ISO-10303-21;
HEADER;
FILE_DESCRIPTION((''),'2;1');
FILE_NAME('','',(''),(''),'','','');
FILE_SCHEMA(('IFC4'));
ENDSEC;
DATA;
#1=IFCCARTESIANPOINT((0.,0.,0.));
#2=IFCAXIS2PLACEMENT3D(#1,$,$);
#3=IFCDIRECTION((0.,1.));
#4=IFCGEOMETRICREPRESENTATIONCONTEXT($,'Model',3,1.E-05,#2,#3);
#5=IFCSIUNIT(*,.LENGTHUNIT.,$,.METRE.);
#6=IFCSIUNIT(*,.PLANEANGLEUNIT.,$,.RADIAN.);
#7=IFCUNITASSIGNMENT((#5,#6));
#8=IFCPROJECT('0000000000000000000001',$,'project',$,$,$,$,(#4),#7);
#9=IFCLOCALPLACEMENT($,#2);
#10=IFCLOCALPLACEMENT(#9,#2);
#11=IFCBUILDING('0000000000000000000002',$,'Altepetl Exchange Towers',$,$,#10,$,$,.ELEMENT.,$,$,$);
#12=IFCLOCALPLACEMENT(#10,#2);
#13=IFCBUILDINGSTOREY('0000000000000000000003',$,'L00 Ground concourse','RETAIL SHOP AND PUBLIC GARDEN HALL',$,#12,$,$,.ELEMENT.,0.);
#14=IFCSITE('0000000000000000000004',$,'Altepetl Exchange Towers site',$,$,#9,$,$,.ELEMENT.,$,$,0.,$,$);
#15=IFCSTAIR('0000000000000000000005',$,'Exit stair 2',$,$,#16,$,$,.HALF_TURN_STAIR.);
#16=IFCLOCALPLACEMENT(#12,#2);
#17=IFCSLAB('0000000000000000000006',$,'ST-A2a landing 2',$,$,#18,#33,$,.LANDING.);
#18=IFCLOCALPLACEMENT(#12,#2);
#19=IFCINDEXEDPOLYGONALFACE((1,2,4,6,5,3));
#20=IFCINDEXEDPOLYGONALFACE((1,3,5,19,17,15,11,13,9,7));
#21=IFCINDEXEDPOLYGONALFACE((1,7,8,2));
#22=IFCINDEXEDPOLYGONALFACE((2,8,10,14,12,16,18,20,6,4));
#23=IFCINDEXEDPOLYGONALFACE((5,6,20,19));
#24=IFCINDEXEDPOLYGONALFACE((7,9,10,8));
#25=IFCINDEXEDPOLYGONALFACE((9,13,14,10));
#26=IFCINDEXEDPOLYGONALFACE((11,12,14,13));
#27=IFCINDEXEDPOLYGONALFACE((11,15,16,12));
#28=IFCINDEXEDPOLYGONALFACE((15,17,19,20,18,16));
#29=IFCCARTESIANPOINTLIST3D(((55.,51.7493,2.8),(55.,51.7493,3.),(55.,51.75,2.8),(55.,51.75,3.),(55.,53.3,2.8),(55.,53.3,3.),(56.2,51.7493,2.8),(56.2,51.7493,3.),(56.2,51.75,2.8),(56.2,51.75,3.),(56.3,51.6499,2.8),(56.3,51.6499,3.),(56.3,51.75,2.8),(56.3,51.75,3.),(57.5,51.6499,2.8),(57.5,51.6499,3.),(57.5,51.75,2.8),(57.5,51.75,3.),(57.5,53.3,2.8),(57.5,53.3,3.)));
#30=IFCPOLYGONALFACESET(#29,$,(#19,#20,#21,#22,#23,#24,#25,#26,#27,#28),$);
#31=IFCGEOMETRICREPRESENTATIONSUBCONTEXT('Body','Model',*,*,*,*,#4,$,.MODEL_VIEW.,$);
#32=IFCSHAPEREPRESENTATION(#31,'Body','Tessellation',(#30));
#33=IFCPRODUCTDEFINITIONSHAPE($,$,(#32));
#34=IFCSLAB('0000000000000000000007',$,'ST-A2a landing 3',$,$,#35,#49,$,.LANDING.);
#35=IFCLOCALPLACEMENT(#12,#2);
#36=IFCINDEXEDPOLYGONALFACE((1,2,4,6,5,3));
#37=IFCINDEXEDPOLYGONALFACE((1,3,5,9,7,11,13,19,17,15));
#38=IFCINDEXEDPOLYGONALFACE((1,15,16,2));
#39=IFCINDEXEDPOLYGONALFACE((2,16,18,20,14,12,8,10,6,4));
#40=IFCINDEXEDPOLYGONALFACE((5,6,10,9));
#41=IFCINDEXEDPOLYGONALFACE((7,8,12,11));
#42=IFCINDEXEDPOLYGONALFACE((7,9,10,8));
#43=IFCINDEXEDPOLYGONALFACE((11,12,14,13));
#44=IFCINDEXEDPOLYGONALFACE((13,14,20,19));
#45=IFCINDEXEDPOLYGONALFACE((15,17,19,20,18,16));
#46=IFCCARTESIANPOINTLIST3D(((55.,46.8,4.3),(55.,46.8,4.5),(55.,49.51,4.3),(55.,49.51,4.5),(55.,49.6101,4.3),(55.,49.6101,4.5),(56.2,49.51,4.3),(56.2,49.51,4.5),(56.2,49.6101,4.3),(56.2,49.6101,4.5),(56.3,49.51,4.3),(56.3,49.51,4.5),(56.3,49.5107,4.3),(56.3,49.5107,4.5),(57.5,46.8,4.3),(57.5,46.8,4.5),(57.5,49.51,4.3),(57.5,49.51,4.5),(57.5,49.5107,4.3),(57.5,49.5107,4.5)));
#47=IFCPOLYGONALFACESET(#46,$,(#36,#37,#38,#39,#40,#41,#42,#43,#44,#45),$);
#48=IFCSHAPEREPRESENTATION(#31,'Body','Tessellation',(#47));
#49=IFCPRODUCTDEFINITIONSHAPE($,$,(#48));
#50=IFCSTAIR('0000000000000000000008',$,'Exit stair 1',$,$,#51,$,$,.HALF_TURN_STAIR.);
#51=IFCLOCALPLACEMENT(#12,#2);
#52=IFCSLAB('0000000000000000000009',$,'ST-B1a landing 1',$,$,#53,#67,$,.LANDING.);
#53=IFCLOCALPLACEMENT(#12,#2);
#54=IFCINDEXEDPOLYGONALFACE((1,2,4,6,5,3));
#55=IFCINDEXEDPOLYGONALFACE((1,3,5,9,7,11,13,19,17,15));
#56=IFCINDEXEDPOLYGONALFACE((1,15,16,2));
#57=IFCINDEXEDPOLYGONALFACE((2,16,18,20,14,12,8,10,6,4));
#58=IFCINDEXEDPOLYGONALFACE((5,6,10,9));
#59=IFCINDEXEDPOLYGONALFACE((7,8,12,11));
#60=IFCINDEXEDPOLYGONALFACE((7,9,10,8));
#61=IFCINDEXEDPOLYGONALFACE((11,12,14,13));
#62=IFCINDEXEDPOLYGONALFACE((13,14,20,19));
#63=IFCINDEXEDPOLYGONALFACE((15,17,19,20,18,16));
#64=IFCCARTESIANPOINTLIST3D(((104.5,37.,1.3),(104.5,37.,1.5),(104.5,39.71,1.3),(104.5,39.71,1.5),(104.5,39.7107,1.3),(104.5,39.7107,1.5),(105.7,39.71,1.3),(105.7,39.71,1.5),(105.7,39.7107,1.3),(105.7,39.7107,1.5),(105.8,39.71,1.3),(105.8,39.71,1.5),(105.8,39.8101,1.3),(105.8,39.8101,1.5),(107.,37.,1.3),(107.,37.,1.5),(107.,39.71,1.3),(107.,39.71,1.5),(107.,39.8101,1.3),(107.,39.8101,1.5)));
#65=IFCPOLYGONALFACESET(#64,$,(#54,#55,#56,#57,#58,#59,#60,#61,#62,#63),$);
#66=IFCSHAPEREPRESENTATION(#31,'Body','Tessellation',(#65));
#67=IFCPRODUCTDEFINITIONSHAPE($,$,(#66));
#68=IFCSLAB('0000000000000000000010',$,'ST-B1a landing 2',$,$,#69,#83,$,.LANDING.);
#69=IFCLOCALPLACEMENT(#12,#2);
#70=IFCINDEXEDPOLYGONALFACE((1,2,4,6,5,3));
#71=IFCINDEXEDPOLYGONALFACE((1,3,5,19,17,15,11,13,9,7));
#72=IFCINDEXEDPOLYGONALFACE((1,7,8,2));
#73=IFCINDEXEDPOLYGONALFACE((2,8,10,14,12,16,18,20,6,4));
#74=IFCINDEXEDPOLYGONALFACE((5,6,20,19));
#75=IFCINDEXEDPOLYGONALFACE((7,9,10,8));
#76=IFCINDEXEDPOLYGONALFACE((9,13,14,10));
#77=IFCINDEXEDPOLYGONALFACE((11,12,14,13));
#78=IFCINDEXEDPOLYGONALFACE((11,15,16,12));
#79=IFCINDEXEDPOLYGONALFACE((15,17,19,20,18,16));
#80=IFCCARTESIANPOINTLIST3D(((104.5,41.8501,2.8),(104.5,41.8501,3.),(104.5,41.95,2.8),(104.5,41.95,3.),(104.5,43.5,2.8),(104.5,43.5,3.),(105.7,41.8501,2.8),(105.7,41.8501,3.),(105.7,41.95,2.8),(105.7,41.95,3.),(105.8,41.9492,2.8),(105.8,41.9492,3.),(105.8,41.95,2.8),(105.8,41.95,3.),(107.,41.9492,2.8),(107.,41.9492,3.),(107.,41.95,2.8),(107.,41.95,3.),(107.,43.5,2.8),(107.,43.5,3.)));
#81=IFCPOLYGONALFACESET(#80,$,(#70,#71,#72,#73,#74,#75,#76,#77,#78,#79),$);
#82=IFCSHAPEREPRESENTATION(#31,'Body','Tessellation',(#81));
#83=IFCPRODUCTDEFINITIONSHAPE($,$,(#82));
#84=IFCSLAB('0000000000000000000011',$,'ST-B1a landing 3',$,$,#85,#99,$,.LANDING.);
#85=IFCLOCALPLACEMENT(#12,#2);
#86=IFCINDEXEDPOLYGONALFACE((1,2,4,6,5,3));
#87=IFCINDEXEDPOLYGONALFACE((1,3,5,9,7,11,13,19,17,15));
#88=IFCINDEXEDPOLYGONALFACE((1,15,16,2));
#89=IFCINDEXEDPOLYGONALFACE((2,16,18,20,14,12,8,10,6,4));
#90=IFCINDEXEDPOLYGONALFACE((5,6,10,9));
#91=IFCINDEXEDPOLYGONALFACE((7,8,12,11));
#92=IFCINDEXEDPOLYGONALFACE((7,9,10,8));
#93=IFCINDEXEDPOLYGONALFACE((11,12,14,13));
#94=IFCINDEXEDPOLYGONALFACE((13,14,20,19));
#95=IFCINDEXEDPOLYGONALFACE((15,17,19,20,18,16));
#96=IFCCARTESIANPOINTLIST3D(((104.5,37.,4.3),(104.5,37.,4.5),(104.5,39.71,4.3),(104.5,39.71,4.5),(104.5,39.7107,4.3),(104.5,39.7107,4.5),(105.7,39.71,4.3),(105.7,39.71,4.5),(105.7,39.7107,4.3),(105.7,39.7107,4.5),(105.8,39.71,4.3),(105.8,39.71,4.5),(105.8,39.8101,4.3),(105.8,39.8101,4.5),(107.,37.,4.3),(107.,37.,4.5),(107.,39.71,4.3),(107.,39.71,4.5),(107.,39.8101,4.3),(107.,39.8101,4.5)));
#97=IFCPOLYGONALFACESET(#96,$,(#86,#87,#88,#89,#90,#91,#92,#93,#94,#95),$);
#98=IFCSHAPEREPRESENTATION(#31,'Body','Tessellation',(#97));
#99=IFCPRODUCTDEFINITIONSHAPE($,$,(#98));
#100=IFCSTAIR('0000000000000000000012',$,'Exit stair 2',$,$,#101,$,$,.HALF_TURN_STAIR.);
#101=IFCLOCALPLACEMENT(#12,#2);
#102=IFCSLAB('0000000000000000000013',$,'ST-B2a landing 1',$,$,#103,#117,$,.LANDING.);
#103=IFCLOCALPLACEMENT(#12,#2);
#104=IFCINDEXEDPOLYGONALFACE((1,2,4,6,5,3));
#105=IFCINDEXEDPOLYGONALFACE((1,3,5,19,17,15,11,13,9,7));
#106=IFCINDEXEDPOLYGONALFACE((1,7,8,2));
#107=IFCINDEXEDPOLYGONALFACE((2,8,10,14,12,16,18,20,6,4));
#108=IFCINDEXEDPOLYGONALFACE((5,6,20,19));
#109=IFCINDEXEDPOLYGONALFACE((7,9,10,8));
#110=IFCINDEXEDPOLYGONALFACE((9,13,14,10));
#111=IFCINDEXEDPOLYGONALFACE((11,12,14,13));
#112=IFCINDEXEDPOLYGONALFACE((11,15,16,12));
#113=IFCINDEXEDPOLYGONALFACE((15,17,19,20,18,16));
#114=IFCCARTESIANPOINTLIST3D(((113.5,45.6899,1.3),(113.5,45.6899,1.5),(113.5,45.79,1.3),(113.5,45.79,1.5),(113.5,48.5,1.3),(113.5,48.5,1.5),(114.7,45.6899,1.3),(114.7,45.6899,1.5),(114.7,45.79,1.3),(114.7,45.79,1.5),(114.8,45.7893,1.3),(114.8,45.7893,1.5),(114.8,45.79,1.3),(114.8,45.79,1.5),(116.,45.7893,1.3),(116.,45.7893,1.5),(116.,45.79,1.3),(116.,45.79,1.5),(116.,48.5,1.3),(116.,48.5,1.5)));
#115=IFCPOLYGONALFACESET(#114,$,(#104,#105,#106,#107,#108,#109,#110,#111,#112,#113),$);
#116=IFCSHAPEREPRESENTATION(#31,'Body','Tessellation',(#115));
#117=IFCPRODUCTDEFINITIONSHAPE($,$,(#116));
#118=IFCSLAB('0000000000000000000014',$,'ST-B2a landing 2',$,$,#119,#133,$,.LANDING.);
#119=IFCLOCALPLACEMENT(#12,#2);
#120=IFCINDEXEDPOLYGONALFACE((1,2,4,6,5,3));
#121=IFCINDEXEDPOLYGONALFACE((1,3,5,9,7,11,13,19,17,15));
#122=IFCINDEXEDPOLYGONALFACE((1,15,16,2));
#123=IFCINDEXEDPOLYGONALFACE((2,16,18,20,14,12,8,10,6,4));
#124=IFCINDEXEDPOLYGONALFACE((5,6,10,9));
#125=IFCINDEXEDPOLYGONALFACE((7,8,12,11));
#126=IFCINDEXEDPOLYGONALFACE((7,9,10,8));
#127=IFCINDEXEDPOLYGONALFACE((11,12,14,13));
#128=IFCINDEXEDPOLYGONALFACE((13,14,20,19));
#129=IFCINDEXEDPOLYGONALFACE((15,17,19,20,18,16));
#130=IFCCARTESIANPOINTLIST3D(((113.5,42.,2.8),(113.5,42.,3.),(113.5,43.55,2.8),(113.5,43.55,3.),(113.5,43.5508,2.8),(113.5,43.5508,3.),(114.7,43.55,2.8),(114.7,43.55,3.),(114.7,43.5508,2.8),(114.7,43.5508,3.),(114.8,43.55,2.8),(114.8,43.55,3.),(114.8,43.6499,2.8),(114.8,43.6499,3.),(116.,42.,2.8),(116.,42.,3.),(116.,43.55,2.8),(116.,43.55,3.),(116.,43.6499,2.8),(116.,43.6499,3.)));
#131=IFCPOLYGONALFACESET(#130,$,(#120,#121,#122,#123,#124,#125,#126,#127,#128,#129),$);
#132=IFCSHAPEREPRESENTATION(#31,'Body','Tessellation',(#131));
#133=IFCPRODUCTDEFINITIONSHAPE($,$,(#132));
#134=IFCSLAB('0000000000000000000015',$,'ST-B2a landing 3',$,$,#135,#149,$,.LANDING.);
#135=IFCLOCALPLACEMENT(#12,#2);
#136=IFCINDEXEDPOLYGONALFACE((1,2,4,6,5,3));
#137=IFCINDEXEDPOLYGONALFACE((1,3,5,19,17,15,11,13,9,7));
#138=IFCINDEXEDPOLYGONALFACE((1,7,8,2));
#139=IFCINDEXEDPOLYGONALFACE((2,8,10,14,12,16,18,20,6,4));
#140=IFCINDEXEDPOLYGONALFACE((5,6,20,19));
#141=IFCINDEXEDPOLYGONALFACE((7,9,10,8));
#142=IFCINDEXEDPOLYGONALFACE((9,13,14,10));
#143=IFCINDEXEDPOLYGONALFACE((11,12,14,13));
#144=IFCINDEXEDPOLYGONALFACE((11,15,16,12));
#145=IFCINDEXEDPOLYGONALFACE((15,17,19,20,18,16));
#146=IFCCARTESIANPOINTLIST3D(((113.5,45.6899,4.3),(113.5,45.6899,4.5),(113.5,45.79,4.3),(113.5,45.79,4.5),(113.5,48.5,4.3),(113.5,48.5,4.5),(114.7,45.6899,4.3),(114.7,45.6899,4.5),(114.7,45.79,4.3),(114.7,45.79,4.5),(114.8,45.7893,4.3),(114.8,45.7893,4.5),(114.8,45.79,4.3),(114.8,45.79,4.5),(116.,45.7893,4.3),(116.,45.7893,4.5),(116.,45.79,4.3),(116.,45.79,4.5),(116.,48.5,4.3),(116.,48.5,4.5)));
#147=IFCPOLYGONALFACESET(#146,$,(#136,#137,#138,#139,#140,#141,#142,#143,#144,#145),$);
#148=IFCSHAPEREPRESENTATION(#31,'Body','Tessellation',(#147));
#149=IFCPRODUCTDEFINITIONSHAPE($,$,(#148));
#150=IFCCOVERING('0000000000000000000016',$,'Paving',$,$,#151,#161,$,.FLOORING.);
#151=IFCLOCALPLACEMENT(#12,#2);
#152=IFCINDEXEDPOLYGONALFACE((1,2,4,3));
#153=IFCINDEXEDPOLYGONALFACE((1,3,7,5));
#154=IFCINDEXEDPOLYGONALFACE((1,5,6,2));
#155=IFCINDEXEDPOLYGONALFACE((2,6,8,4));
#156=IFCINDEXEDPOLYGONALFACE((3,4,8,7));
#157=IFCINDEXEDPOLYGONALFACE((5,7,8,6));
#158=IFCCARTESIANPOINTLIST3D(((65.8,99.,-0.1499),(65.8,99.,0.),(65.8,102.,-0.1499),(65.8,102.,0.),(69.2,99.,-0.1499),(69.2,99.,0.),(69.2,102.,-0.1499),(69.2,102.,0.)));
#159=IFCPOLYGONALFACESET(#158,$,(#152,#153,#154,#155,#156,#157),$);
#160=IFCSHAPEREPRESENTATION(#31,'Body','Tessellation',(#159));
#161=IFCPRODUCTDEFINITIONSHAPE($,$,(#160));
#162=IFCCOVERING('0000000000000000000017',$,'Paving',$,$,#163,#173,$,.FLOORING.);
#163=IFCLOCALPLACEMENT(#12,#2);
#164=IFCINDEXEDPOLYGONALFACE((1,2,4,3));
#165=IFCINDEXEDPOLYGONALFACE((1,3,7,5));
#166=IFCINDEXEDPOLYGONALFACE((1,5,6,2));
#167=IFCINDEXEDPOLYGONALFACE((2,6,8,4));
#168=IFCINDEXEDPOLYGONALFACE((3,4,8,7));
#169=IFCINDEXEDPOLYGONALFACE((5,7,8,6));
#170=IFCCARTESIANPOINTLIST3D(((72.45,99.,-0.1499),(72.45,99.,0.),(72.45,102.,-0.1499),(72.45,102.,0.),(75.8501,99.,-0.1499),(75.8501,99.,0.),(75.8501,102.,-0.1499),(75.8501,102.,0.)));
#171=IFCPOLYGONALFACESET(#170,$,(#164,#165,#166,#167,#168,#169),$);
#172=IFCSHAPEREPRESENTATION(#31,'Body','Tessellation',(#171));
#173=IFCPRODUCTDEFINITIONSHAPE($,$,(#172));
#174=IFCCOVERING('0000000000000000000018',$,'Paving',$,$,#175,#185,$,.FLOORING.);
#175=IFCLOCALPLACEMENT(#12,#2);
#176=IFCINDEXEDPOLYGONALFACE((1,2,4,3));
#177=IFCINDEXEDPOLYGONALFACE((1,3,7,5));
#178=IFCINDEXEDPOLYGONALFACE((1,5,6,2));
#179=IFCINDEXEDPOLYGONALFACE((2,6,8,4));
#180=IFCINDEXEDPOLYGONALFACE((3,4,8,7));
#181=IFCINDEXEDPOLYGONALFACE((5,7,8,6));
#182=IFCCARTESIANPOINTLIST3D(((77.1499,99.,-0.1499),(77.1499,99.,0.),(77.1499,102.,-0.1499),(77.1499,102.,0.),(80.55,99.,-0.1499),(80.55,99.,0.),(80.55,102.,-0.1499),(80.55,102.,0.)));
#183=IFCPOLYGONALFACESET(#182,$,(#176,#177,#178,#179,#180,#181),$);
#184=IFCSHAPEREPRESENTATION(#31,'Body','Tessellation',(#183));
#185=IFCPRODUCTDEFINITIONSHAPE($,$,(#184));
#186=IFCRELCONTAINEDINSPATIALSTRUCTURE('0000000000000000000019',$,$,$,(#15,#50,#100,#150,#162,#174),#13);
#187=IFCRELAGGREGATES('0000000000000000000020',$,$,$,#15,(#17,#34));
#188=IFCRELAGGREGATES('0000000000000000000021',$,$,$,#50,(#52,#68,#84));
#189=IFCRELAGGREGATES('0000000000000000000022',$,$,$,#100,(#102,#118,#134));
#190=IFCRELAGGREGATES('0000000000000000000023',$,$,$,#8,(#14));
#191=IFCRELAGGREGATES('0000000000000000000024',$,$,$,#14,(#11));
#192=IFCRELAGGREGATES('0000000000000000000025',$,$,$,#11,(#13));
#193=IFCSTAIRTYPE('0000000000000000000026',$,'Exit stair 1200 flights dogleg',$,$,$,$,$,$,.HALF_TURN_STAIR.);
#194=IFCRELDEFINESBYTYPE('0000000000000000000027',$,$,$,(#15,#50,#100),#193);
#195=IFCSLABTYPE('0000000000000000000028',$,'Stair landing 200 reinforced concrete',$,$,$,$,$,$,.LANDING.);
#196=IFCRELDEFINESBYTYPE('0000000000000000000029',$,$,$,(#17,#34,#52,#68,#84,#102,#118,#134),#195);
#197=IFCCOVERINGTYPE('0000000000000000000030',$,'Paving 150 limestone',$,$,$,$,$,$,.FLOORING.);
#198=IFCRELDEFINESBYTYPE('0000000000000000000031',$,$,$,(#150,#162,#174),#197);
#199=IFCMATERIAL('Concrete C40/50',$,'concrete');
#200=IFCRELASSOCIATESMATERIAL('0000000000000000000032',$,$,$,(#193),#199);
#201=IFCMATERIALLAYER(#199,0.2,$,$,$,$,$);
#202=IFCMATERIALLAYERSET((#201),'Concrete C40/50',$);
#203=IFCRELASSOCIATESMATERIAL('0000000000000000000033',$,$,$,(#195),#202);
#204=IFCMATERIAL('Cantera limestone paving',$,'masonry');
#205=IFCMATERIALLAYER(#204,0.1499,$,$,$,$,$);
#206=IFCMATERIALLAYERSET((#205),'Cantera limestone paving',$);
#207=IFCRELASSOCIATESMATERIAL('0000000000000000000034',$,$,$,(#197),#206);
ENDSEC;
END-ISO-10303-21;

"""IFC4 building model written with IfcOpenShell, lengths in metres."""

from ifc_helpers import new_model, si_unit, direction, frame, origin, place, context, subcontext, project, spatial, polyline, outline, extrude, material, layer, layer_set, type_object, element, aggregate, save


model = new_model("IFC4")

# Units and contexts
model_context = context("Model", 3, precision=1e-05, world=origin(), true_north=direction((0.0, 1.0)))
body_context = subcontext(model_context, "Body", "Model", "MODEL_VIEW")
ifc_project = project(units=[si_unit("LENGTHUNIT", "METRE"), si_unit("PLANEANGLEUNIT", "RADIAN")], contexts=[model_context])

# Site, building, storey
site_placement = place(None, origin())
site = spatial("IfcSite", under=ifc_project, at=site_placement, Name="Altepetl Exchange Towers site", CompositionType="ELEMENT", RefElevation=0.0)
building_placement = place(site_placement, origin())
building = spatial("IfcBuilding", under=site, at=building_placement, Name="Altepetl Exchange Towers", CompositionType="ELEMENT")
storey_placement = place(building_placement, origin())
storey = spatial("IfcBuildingStorey", under=building, at=storey_placement, Name="L00 Ground concourse", Description="RETAIL SHOP AND PUBLIC GARDEN HALL", CompositionType="ELEMENT", Elevation=0.0)

# Stairs, slabs
ifc_material_1 = material(Name="Concrete C40/50", Category="concrete")
stair_type_1 = type_object("IfcStairType", Name="Exit stair 1200 flights dogleg", PredefinedType="HALF_TURN_STAIR", material=ifc_material_1)
ifc_layer_1 = layer(ifc_material_1, 0.2)
ifc_layer_set_1 = layer_set([ifc_layer_1], Name="Concrete C40/50")
slab_type_1 = type_object("IfcSlabType", Name="Stair landing 200 reinforced concrete", PredefinedType="LANDING", material=ifc_layer_set_1)
stair_1_placement = place(storey_placement, origin())
stair_1 = element("IfcStair", 1, at=stair_1_placement, inside=storey, type_object=stair_type_1, Name="Exit stair 2", PredefinedType="HALF_TURN_STAIR")
slab_1_placement = place(storey_placement, frame((0.0, 0.0, 2.8)))
slab_1 = element("IfcSlab", 2, at=slab_1_placement, type_object=slab_type_1, Name="ST-A2a landing 2", PredefinedType="LANDING", context=body_context, shape_type="SweptSolid", body=[
    extrude(outline(polyline([(57.5, 51.6499), (56.3, 51.6499), (56.3, 51.75), (56.2, 51.75), (56.2, 51.7493), (55.0, 51.7493), (55.0, 51.75), (55.0, 53.3), (57.5, 53.3), (57.5, 51.75), (57.5, 51.6499)])), origin(), (0.0, 0.0, 1.0), 0.2),
])
slab_2_placement = place(storey_placement, frame((0.0, 0.0, 4.3)))
slab_2 = element("IfcSlab", 3, at=slab_2_placement, type_object=slab_type_1, Name="ST-A2a landing 3", PredefinedType="LANDING", context=body_context, shape_type="SweptSolid", body=[
    extrude(outline(polyline([(57.5, 46.8), (55.0, 46.8), (55.0, 49.51), (55.0, 49.6101), (56.2, 49.6101), (56.2, 49.51), (56.3, 49.51), (56.3, 49.5107), (57.5, 49.5107), (57.5, 49.51), (57.5, 46.8)])), origin(), (0.0, 0.0, 1.0), 0.2),
])
aggregate(stair_1, [slab_1, slab_2])
stair_2_placement = place(storey_placement, origin())
stair_2 = element("IfcStair", 4, at=stair_2_placement, inside=storey, type_object=stair_type_1, Name="Exit stair 1", PredefinedType="HALF_TURN_STAIR")
slab_3_placement = place(storey_placement, frame((0.0, 0.0, 1.3)))
slab_3 = element("IfcSlab", 5, at=slab_3_placement, type_object=slab_type_1, Name="ST-B1a landing 1", PredefinedType="LANDING", context=body_context, shape_type="SweptSolid", body=[
    extrude(outline(polyline([(107.0, 37.0), (104.5, 37.0), (104.5, 39.71), (104.5, 39.7107), (105.7, 39.7107), (105.7, 39.71), (105.8, 39.71), (105.8, 39.8101), (107.0, 39.8101), (107.0, 39.71), (107.0, 37.0)])), origin(), (0.0, 0.0, 1.0), 0.2),
])
slab_4_placement = place(storey_placement, frame((0.0, 0.0, 2.8)))
slab_4 = element("IfcSlab", 6, at=slab_4_placement, type_object=slab_type_1, Name="ST-B1a landing 2", PredefinedType="LANDING", context=body_context, shape_type="SweptSolid", body=[
    extrude(outline(polyline([(105.7, 41.8501), (104.5, 41.8501), (104.5, 41.95), (104.5, 43.5), (107.0, 43.5), (107.0, 41.95), (107.0, 41.9492), (105.8, 41.9492), (105.8, 41.95), (105.7, 41.95), (105.7, 41.8501)])), origin(), (0.0, 0.0, 1.0), 0.2),
])
slab_5_placement = place(storey_placement, frame((0.0, 0.0, 4.3)))
slab_5 = element("IfcSlab", 7, at=slab_5_placement, type_object=slab_type_1, Name="ST-B1a landing 3", PredefinedType="LANDING", context=body_context, shape_type="SweptSolid", body=[
    extrude(outline(polyline([(107.0, 37.0), (104.5, 37.0), (104.5, 39.71), (104.5, 39.7107), (105.7, 39.7107), (105.7, 39.71), (105.8, 39.71), (105.8, 39.8101), (107.0, 39.8101), (107.0, 39.71), (107.0, 37.0)])), origin(), (0.0, 0.0, 1.0), 0.2),
])
aggregate(stair_2, [slab_3, slab_4, slab_5])
stair_3_placement = place(storey_placement, origin())
stair_3 = element("IfcStair", 8, at=stair_3_placement, inside=storey, type_object=stair_type_1, Name="Exit stair 2", PredefinedType="HALF_TURN_STAIR")
slab_6_placement = place(storey_placement, frame((0.0, 0.0, 1.3)))
slab_6 = element("IfcSlab", 9, at=slab_6_placement, type_object=slab_type_1, Name="ST-B2a landing 1", PredefinedType="LANDING", context=body_context, shape_type="SweptSolid", body=[
    extrude(outline(polyline([(114.7, 45.6899), (113.5, 45.6899), (113.5, 45.79), (113.5, 48.5), (116.0, 48.5), (116.0, 45.79), (116.0, 45.7893), (114.8, 45.7893), (114.8, 45.79), (114.7, 45.79), (114.7, 45.6899)])), origin(), (0.0, 0.0, 1.0), 0.2),
])
slab_7_placement = place(storey_placement, frame((0.0, 0.0, 2.8)))
slab_7 = element("IfcSlab", 10, at=slab_7_placement, type_object=slab_type_1, Name="ST-B2a landing 2", PredefinedType="LANDING", context=body_context, shape_type="SweptSolid", body=[
    extrude(outline(polyline([(116.0, 42.0), (113.5, 42.0), (113.5, 43.55), (113.5, 43.5508), (114.7, 43.5508), (114.7, 43.55), (114.8, 43.55), (114.8, 43.6499), (116.0, 43.6499), (116.0, 43.55), (116.0, 42.0)])), origin(), (0.0, 0.0, 1.0), 0.2),
])
slab_8_placement = place(storey_placement, frame((0.0, 0.0, 4.3)))
slab_8 = element("IfcSlab", 11, at=slab_8_placement, type_object=slab_type_1, Name="ST-B2a landing 3", PredefinedType="LANDING", context=body_context, shape_type="SweptSolid", body=[
    extrude(outline(polyline([(114.7, 45.6899), (113.5, 45.6899), (113.5, 45.79), (113.5, 48.5), (116.0, 48.5), (116.0, 45.79), (116.0, 45.7893), (114.8, 45.7893), (114.8, 45.79), (114.7, 45.79), (114.7, 45.6899)])), origin(), (0.0, 0.0, 1.0), 0.2),
])
aggregate(stair_3, [slab_6, slab_7, slab_8])

# Coverings
ifc_material_2 = material(Name="Cantera limestone paving", Category="masonry")
ifc_layer_2 = layer(ifc_material_2, 0.1499)
ifc_layer_set_2 = layer_set([ifc_layer_2], Name="Cantera limestone paving")
covering_type = type_object("IfcCoveringType", Name="Paving 150 limestone", PredefinedType="FLOORING", material=ifc_layer_set_2)
covering_1_placement = place(storey_placement, frame((0.0, 0.0, -0.1499)))
element("IfcCovering", 12, at=covering_1_placement, inside=storey, type_object=covering_type, Name="Paving", PredefinedType="FLOORING", context=body_context, shape_type="SweptSolid", body=[
    extrude(outline(polyline([(65.8, 99.0), (69.2, 99.0), (69.2, 102.0), (65.8, 102.0), (65.8, 99.0)])), origin(), (0.0, 0.0, 1.0), 0.1499),
])
covering_2_placement = place(storey_placement, frame((0.0, 0.0, -0.1499)))
element("IfcCovering", 13, at=covering_2_placement, inside=storey, type_object=covering_type, Name="Paving", PredefinedType="FLOORING", context=body_context, shape_type="SweptSolid", body=[
    extrude(outline(polyline([(72.45, 99.0), (75.8501, 99.0), (75.8501, 102.0), (72.45, 102.0), (72.45, 99.0)])), origin(), (0.0, 0.0, 1.0), 0.1499),
])
covering_3_placement = place(storey_placement, frame((0.0, 0.0, -0.1499)))
element("IfcCovering", 14, at=covering_3_placement, inside=storey, type_object=covering_type, Name="Paving", PredefinedType="FLOORING", context=body_context, shape_type="SweptSolid", body=[
    extrude(outline(polyline([(77.1499, 99.0), (80.55, 99.0), (80.55, 102.0), (77.1499, 102.0), (77.1499, 99.0)])), origin(), (0.0, 0.0, 1.0), 0.1499),
])

save(model, "model.ifc")
